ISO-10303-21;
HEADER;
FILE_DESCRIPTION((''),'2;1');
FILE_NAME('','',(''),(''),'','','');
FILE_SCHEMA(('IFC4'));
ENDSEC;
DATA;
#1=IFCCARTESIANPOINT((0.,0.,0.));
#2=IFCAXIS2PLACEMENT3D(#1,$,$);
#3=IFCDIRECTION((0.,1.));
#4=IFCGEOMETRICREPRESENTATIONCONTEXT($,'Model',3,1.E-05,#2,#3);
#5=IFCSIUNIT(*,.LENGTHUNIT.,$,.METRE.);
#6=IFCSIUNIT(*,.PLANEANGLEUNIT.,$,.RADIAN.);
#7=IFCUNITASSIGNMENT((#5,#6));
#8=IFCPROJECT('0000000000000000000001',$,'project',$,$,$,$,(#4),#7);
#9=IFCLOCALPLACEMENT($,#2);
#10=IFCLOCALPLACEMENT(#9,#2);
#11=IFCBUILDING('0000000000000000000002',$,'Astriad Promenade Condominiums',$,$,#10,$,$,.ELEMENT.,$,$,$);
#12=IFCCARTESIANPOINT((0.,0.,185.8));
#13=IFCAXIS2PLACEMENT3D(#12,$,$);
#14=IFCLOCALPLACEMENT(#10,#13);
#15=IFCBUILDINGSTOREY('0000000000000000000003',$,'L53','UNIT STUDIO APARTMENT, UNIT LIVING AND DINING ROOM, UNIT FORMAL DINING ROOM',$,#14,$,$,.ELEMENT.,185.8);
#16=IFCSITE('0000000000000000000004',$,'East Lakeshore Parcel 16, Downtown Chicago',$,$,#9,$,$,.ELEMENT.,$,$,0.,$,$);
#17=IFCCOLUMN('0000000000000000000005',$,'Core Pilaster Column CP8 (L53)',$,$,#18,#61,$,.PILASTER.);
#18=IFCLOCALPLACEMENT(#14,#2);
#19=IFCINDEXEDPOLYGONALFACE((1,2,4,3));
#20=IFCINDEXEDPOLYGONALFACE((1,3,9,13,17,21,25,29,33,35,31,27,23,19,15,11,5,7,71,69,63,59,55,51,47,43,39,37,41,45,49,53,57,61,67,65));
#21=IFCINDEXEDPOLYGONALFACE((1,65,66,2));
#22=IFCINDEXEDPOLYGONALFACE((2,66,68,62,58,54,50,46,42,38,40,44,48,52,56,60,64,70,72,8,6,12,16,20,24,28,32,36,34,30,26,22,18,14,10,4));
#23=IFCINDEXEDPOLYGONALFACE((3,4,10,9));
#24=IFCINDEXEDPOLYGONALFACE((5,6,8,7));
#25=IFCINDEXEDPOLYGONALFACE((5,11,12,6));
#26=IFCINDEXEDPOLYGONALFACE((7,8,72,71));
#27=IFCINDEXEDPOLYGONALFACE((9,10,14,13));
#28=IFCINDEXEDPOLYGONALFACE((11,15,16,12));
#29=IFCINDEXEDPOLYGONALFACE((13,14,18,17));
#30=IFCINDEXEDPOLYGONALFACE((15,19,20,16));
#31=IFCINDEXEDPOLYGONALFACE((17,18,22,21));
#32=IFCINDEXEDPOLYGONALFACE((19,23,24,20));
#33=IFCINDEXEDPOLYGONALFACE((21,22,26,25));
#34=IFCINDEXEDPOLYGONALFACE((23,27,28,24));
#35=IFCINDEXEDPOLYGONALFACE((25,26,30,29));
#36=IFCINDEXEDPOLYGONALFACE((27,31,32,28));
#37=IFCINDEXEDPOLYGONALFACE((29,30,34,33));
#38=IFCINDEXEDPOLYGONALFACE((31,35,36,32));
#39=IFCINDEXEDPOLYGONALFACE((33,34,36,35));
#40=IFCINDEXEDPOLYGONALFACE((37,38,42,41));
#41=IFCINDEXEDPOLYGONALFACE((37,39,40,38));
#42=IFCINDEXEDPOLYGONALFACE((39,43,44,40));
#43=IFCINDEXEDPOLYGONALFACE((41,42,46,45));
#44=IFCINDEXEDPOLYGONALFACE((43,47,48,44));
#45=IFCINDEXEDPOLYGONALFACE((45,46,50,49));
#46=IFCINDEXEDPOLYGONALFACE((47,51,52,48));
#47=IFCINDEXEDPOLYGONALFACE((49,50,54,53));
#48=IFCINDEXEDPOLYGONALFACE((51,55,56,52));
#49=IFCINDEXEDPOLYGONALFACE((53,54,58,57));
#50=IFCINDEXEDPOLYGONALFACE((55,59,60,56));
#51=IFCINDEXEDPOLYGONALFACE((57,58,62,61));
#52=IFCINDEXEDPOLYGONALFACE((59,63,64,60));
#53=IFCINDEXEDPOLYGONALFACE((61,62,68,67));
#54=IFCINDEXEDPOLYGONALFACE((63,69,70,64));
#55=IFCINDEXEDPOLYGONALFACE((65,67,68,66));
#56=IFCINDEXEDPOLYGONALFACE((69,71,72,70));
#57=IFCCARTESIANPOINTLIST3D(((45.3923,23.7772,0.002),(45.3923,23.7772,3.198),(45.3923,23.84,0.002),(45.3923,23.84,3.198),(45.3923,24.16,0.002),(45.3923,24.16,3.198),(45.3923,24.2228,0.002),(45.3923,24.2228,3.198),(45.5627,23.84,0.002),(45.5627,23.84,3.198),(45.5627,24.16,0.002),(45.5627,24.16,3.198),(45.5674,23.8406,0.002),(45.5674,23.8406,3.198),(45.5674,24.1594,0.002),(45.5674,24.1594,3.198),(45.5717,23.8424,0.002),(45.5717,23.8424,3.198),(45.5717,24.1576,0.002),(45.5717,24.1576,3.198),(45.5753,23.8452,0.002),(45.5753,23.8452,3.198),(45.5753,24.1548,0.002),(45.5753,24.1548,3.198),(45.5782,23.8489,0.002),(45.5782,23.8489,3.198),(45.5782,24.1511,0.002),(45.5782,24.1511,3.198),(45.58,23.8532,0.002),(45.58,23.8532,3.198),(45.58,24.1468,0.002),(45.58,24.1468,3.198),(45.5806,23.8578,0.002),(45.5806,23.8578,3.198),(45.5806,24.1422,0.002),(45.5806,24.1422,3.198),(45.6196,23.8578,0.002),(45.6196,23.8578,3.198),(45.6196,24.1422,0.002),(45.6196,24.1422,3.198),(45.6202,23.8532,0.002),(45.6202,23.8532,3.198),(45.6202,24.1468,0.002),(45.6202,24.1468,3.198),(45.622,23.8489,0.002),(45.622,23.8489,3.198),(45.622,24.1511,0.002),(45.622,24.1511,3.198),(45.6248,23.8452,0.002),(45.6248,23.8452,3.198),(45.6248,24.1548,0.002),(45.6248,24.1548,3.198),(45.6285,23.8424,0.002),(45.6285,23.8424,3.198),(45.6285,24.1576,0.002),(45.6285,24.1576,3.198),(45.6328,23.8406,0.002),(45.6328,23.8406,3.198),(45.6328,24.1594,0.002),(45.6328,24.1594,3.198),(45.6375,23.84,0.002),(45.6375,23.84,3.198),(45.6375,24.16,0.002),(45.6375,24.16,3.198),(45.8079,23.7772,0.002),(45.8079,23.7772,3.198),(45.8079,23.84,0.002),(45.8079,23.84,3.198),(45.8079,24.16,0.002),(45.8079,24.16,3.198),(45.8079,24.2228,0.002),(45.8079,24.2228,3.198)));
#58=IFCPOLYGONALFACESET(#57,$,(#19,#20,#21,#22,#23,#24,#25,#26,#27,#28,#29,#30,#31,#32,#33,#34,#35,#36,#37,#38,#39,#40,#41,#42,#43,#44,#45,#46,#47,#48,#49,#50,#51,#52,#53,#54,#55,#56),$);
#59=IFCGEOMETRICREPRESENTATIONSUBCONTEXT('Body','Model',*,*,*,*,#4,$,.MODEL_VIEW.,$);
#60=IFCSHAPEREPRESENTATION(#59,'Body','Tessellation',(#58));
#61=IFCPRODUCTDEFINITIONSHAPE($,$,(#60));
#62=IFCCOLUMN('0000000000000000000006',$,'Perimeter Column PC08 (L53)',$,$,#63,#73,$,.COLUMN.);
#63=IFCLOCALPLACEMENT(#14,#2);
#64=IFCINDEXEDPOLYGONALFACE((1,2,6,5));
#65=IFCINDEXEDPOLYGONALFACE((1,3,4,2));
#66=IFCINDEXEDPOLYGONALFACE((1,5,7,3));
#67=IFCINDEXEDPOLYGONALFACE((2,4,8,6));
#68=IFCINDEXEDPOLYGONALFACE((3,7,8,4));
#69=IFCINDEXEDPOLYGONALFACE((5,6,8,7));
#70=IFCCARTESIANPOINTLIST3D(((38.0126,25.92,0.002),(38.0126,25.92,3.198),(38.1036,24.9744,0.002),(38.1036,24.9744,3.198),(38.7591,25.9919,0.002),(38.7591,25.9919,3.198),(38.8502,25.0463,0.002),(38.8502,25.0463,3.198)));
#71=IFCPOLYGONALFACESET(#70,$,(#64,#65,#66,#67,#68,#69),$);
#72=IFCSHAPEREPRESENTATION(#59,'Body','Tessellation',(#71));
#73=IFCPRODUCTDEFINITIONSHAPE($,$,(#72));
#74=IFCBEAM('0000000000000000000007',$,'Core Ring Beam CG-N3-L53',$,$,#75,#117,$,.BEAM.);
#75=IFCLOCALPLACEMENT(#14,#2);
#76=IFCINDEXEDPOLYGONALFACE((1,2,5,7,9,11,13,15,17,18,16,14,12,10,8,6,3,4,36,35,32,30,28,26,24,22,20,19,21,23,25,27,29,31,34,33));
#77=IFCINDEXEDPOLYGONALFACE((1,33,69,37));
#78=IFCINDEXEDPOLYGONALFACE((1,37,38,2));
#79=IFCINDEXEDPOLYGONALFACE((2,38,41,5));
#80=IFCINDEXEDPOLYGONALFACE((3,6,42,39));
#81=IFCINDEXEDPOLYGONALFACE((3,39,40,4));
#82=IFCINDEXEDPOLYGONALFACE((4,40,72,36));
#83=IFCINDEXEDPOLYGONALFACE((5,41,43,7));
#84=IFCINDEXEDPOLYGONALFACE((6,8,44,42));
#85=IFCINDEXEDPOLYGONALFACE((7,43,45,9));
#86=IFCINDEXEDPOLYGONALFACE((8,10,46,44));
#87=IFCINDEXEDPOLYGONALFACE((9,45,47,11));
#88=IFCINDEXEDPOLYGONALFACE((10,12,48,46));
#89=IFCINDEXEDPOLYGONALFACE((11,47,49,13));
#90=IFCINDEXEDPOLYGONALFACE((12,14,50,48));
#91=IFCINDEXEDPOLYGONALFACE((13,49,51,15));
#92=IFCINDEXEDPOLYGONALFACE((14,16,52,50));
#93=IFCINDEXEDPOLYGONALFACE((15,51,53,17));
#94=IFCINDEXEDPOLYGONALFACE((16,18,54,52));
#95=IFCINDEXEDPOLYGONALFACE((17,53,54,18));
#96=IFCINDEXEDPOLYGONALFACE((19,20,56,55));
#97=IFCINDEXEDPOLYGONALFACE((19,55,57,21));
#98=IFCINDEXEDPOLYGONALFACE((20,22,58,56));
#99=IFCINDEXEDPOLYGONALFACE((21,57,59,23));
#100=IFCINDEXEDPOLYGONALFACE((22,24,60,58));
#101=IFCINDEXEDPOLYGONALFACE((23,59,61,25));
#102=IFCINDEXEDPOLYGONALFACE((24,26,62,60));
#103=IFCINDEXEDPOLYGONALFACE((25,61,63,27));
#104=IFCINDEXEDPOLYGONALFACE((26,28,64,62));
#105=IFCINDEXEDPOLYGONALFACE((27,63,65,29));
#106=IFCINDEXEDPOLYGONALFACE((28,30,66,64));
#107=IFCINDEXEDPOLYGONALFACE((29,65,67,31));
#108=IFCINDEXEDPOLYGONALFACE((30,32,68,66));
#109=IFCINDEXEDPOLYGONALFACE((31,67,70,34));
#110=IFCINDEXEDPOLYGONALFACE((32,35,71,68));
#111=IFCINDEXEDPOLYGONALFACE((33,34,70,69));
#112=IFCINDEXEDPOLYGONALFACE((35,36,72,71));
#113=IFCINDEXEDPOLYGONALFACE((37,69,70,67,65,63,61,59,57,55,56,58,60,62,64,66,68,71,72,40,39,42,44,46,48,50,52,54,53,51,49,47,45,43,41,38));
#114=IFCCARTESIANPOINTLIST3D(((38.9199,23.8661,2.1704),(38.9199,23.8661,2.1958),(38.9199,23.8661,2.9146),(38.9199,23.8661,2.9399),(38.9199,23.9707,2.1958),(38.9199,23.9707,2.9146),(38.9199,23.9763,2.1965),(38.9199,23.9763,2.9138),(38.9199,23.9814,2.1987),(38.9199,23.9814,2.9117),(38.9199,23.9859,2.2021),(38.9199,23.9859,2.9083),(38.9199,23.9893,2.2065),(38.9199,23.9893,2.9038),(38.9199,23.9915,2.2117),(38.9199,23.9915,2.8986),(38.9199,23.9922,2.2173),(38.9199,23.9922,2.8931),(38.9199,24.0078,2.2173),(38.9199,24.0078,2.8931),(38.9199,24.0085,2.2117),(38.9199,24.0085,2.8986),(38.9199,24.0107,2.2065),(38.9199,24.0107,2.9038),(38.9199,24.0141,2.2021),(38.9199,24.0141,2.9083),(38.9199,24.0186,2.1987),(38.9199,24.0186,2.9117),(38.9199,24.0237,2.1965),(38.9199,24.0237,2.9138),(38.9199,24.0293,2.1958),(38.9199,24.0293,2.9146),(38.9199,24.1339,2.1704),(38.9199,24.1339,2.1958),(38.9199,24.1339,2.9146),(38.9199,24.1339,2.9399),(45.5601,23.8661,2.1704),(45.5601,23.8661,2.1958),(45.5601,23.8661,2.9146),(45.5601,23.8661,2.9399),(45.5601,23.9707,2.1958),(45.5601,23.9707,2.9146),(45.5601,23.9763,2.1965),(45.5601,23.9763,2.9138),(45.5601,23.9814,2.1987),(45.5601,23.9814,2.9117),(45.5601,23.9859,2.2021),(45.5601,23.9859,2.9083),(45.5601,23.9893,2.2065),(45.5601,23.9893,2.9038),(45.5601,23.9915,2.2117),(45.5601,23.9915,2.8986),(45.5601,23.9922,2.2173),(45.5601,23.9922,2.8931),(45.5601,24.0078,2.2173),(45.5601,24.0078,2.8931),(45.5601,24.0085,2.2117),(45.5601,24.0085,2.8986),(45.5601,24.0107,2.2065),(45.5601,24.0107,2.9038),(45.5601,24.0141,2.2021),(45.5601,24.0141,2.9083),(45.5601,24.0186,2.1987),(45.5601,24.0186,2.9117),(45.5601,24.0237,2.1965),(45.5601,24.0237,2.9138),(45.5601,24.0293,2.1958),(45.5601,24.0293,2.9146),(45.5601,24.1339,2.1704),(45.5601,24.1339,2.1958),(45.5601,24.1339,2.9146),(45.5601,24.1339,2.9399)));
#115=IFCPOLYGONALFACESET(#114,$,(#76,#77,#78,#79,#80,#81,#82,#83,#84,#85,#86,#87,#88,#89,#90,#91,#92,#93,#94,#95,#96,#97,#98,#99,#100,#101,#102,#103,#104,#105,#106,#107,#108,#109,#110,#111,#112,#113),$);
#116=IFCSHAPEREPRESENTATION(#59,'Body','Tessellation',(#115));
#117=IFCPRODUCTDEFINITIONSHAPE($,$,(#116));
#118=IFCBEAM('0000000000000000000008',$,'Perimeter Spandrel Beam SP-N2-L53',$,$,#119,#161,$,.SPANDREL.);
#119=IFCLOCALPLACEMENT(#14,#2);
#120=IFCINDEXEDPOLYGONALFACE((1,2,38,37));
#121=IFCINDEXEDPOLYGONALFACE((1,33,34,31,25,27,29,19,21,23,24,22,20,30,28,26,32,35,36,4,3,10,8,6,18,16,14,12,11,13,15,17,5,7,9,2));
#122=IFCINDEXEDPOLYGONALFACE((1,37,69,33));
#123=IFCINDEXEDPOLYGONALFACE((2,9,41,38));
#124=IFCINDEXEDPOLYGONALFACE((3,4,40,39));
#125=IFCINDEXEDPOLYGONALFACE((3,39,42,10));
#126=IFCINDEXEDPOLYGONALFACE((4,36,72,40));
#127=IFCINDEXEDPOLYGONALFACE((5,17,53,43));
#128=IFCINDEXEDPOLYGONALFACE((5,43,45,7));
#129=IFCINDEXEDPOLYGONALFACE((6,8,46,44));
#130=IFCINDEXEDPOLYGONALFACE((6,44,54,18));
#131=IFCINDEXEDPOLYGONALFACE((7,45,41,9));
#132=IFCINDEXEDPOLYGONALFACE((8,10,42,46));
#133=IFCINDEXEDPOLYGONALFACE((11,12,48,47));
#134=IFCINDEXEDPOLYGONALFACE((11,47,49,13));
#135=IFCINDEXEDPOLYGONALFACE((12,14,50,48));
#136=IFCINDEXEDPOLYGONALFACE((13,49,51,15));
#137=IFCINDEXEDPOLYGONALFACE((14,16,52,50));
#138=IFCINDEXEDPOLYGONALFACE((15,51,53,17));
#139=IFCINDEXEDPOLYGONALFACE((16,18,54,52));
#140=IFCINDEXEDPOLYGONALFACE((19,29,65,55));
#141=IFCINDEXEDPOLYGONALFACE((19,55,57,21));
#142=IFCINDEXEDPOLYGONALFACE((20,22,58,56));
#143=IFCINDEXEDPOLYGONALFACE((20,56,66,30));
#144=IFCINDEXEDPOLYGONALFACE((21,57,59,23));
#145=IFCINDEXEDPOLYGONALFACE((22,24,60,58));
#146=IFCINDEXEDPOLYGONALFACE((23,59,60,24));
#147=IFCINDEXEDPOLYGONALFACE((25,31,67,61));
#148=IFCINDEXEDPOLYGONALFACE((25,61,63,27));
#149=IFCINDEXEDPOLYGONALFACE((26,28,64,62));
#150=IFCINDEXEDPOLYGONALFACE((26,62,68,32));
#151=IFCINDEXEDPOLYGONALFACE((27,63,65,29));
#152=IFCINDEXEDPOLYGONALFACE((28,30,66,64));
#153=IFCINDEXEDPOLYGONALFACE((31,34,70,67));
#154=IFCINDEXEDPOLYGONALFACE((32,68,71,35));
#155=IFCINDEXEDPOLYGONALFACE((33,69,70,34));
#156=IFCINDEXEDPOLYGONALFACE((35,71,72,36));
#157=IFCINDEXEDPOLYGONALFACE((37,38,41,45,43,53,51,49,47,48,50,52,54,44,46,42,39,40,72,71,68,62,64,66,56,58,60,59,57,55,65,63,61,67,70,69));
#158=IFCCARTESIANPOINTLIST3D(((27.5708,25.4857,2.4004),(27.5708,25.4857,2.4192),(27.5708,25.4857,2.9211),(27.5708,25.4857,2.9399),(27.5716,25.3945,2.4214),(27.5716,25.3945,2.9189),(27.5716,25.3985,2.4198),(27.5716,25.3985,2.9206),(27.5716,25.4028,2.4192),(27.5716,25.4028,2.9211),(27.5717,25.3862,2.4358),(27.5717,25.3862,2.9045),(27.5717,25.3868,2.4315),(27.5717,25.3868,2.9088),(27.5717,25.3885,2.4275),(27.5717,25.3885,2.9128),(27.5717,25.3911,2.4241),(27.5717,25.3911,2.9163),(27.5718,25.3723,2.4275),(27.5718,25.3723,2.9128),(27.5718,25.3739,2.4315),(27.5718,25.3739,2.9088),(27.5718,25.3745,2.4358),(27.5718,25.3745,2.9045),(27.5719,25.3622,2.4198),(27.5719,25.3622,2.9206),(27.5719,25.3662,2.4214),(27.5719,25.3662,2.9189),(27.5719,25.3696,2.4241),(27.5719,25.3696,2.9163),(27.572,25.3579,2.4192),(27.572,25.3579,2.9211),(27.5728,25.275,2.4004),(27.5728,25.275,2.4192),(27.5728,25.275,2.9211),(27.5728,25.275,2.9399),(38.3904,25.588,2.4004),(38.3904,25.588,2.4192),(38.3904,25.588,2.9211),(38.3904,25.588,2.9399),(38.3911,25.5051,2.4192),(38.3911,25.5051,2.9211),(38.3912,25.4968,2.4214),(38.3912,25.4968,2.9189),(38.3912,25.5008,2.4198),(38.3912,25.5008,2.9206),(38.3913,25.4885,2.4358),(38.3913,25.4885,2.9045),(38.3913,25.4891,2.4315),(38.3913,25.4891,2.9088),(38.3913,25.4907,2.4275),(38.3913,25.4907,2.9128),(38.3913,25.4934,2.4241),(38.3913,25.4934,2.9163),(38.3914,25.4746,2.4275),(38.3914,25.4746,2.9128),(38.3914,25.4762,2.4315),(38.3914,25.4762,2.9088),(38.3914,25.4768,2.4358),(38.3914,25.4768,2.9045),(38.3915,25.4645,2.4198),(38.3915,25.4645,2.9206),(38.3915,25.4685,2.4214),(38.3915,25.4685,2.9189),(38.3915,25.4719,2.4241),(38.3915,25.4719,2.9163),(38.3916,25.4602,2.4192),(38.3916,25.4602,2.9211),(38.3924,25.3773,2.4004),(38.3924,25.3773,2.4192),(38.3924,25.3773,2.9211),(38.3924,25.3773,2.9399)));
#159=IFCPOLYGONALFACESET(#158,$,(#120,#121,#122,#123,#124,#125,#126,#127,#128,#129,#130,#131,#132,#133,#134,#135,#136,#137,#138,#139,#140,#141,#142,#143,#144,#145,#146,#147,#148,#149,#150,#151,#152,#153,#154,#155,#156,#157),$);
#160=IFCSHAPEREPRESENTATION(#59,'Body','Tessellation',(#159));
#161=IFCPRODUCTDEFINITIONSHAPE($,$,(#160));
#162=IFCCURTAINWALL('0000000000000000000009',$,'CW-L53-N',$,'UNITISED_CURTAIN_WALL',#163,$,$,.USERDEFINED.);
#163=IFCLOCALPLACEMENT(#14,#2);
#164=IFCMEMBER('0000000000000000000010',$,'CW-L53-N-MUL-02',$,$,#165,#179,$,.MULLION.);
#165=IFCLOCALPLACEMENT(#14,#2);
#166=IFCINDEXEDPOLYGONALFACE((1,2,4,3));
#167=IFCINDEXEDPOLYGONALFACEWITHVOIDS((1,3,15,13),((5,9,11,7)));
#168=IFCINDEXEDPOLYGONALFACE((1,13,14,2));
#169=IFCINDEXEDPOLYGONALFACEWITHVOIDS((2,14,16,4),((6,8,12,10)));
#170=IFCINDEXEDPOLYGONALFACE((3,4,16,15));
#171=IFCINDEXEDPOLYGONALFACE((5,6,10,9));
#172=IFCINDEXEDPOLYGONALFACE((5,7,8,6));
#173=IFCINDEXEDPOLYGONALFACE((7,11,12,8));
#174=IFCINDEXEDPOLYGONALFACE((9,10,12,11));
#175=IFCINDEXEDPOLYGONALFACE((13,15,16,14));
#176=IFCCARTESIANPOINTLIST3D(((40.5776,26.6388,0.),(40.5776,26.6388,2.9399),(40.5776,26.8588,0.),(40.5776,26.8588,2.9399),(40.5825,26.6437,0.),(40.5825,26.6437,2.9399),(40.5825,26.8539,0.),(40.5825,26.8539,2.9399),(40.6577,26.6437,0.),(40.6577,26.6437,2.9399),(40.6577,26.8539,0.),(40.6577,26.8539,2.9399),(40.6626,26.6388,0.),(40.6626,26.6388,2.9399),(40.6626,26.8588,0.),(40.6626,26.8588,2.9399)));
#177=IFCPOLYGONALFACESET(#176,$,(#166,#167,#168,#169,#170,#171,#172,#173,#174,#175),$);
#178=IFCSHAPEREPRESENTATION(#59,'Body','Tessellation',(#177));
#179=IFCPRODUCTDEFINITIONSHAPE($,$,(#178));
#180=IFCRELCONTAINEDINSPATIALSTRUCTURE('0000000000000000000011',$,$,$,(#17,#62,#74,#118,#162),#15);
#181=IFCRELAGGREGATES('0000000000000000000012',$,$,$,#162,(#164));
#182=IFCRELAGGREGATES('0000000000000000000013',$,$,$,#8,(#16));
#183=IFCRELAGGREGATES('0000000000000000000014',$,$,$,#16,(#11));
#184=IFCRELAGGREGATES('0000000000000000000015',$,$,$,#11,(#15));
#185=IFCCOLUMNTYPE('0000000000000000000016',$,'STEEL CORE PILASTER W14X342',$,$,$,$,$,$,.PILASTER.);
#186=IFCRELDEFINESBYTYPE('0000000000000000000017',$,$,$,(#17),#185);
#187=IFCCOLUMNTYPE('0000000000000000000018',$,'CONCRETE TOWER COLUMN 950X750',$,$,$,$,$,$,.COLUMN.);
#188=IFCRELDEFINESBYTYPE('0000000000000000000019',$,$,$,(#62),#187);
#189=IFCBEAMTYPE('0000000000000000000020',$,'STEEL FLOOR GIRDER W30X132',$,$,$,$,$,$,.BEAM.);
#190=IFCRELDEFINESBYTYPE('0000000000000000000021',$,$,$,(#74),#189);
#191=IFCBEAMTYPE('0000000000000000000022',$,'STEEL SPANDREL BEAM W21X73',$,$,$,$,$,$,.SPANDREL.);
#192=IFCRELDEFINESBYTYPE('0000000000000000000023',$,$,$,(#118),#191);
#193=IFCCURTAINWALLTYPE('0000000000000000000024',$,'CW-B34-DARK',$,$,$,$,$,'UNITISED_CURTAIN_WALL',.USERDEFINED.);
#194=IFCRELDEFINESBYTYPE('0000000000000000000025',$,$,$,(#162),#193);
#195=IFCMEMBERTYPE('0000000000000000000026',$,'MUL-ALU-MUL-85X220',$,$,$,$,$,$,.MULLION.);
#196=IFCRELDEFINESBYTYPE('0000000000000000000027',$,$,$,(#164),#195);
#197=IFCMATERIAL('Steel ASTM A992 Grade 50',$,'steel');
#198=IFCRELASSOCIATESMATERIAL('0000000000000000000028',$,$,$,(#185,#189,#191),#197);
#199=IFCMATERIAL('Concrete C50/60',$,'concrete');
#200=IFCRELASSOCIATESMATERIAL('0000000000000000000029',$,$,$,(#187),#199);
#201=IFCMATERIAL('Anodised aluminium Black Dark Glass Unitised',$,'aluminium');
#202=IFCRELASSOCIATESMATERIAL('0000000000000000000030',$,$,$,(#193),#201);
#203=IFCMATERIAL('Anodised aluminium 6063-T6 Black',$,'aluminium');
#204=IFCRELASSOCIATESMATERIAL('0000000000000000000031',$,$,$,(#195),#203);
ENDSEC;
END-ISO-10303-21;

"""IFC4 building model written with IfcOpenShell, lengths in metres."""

from ifc_helpers import new_model, si_unit, direction, frame, origin, origin_2d, place, context, subcontext, project, spatial, rectangle, hollow_rectangle, i_section, extrude, source, transform, mapped, material, material_profile, profile_set, type_object, type_shapes, element, aggregate, save


model = new_model("IFC4")

# Units and contexts
model_context = context("Model", 3, precision=1e-05, world=origin(), true_north=direction((0.0, 1.0)))
body_context = subcontext(model_context, "Body", "Model", "MODEL_VIEW")
ifc_project = project(units=[si_unit("LENGTHUNIT", "METRE"), si_unit("PLANEANGLEUNIT", "RADIAN")], contexts=[model_context])

# Site, building, storey
site_placement = place(None, origin())
site = spatial("IfcSite", under=ifc_project, at=site_placement, Name="East Lakeshore Parcel 16, Downtown Chicago", CompositionType="ELEMENT", RefElevation=0.0)
building_placement = place(site_placement, origin())
building = spatial("IfcBuilding", under=site, at=building_placement, Name="Astriad Promenade Condominiums", CompositionType="ELEMENT")
storey_placement = place(building_placement, frame((0.0, 0.0, 185.8)))
storey = spatial("IfcBuildingStorey", under=building, at=storey_placement, Name="L53", Description="UNIT STUDIO APARTMENT, UNIT LIVING AND DINING ROOM, UNIT FORMAL DINING ROOM", CompositionType="ELEMENT", Elevation=185.8)

# Columns
ifc_material_1 = material(Name="Steel ASTM A992 Grade 50", Category="steel")
ifc_material_profile_1 = material_profile(ifc_material_1, i_section(OverallWidth=0.4155, OverallDepth=0.4456, WebThickness=0.0391, FlangeThickness=0.0627, FilletRadius=0.0178, at=origin_2d()), Name="W14X342")
ifc_profile_set_1 = profile_set([ifc_material_profile_1], Name="Steel ASTM A992 Grade 50")
column_type_1 = type_object("IfcColumnType", Name="STEEL CORE PILASTER W14X342", PredefinedType="PILASTER", material=ifc_profile_set_1)
shared_shape_1 = source(origin(), body_context, "Body", "SweptSolid", [
    extrude(i_section(OverallWidth=0.4155, OverallDepth=0.4456, WebThickness=0.0391, FlangeThickness=0.0627, FilletRadius=0.0178, at=origin_2d()), origin(), (0.0, 0.0, 1.0), 3.196),
])
type_shapes(column_type_1, [shared_shape_1])
column_1_placement = place(storey_placement, frame((45.6001, 24.0, 0.002), z_axis=(0.0, 0.0, 1.0), x_axis=(1.0, 0.0, 0.0)))
element("IfcColumn", 1, at=column_1_placement, inside=storey, type_object=column_type_1, Name="Core Pilaster Column CP8 (L53)", PredefinedType="PILASTER", context=body_context, shape_type="MappedRepresentation", body=[
    mapped(shared_shape_1, transform((0.0, 0.0, 0.0), scale=1.0)),
])
ifc_material_2 = material(Name="Concrete C50/60", Category="concrete")
ifc_material_profile_2 = material_profile(ifc_material_2, rectangle(XDim=0.75, YDim=0.95, at=origin_2d()), Name="RC-COL-950X750")
ifc_profile_set_2 = profile_set([ifc_material_profile_2], Name="Concrete C50/60")
column_type_2 = type_object("IfcColumnType", Name="CONCRETE TOWER COLUMN 950X750", PredefinedType="COLUMN", material=ifc_profile_set_2)
shared_shape_2 = source(origin(), body_context, "Body", "SweptSolid", [
    extrude(rectangle(XDim=0.75, YDim=0.95, at=origin_2d()), origin(), (0.0, 0.0, 1.0), 3.196),
])
type_shapes(column_type_2, [shared_shape_2])
column_2_placement = place(storey_placement, frame((38.4314, 25.4832, 0.002), z_axis=(0.0, 0.0, 1.0), x_axis=(0.995396, 0.095846, 0.0)))
element("IfcColumn", 2, at=column_2_placement, inside=storey, type_object=column_type_2, Name="Perimeter Column PC08 (L53)", PredefinedType="COLUMN", context=body_context, shape_type="MappedRepresentation", body=[
    mapped(shared_shape_2, transform((0.0, 0.0, 0.0), scale=1.0)),
])

# Beams
ifc_material_profile_3 = material_profile(ifc_material_1, i_section(OverallWidth=0.2678, OverallDepth=0.7695, WebThickness=0.0156, FlangeThickness=0.0254, FilletRadius=0.0215, at=origin_2d()), Name="W30X132")
ifc_profile_set_3 = profile_set([ifc_material_profile_3], Name="Steel ASTM A992 Grade 50")
beam_type_1 = type_object("IfcBeamType", Name="STEEL FLOOR GIRDER W30X132", PredefinedType="BEAM", material=ifc_profile_set_3)
shared_shape_3 = source(origin(), body_context, "Body", "SweptSolid", [
    extrude(i_section(OverallWidth=0.2678, OverallDepth=0.7695, WebThickness=0.0156, FlangeThickness=0.0254, FilletRadius=0.0215, at=origin_2d()), origin(), (0.0, 0.0, 1.0), 6.6401),
])
type_shapes(beam_type_1, [shared_shape_3])
beam_1_placement = place(storey_placement, frame((38.9199, 24.0, 2.5552), z_axis=(1.0, 0.0, 0.0), x_axis=(0.0, 1.0, 0.0)))
element("IfcBeam", 3, at=beam_1_placement, inside=storey, type_object=beam_type_1, Name="Core Ring Beam CG-N3-L53", PredefinedType="BEAM", context=body_context, shape_type="MappedRepresentation", body=[
    mapped(shared_shape_3, transform((0.0, 0.0, 0.0), scale=1.0)),
])
ifc_material_profile_4 = material_profile(ifc_material_1, i_section(OverallWidth=0.2107, OverallDepth=0.5396, WebThickness=0.0117, FlangeThickness=0.0188, FilletRadius=0.0166, at=origin_2d()), Name="W21X73")
ifc_profile_set_4 = profile_set([ifc_material_profile_4], Name="Steel ASTM A992 Grade 50")
beam_type_2 = type_object("IfcBeamType", Name="STEEL SPANDREL BEAM W21X73", PredefinedType="SPANDREL", material=ifc_profile_set_4)
shared_shape_4 = source(origin(), body_context, "Body", "SweptSolid", [
    extrude(i_section(OverallWidth=0.2107, OverallDepth=0.5396, WebThickness=0.0117, FlangeThickness=0.0188, FilletRadius=0.0166, at=origin_2d()), origin(), (0.0, 0.0, 1.0), 10.8201),
])
type_shapes(beam_type_2, [shared_shape_4])
beam_2_placement = place(storey_placement, frame((38.3914, 25.4827, 2.6702), z_axis=(-0.999955, -0.009454, 0.0), x_axis=(0.009454, -0.999955, 0.0)))
element("IfcBeam", 4, at=beam_2_placement, inside=storey, type_object=beam_type_2, Name="Perimeter Spandrel Beam SP-N2-L53", PredefinedType="SPANDREL", context=body_context, shape_type="MappedRepresentation", body=[
    mapped(shared_shape_4, transform((0.0, 0.0, 0.0), scale=1.0)),
])

# Curtain wall, member
ifc_material_3 = material(Name="Anodised aluminium Black Dark Glass Unitised", Category="aluminium")
curtain_wall_type = type_object("IfcCurtainWallType", Name="CW-B34-DARK", ElementType="UNITISED_CURTAIN_WALL", PredefinedType="USERDEFINED", material=ifc_material_3)
curtain_wall_placement = place(storey_placement, origin())
curtain_wall = element("IfcCurtainWall", 5, at=curtain_wall_placement, inside=storey, type_object=curtain_wall_type, Name="CW-L53-N", ObjectType="UNITISED_CURTAIN_WALL", PredefinedType="USERDEFINED")
ifc_material_4 = material(Name="Anodised aluminium 6063-T6 Black", Category="aluminium")
ifc_material_profile_5 = material_profile(ifc_material_4, hollow_rectangle(XDim=0.085, YDim=0.22, WallThickness=0.0049, at=origin_2d()), Name="ALU-MUL-85X220")
ifc_profile_set_5 = profile_set([ifc_material_profile_5], Name="Anodised aluminium 6063-T6 Black")
member_type_1 = type_object("IfcMemberType", Name="MUL-ALU-MUL-85X220", PredefinedType="MULLION", material=ifc_profile_set_5)
shared_shape_5 = source(origin(), body_context, "Body", "SweptSolid", [
    extrude(hollow_rectangle(XDim=0.085, YDim=0.22, WallThickness=0.0049, at=origin_2d()), origin(), (0.0, 0.0, 1.0), 2.9399),
])
type_shapes(member_type_1, [shared_shape_5])
member_1_placement = place(storey_placement, frame((40.6201, 26.7488, 0.0), z_axis=(0.0, 0.0, 1.0), x_axis=(1.0, 0.0, 0.0)))
member_1 = element("IfcMember", 6, at=member_1_placement, type_object=member_type_1, Name="CW-L53-N-MUL-02", PredefinedType="MULLION", context=body_context, shape_type="MappedRepresentation", body=[
    mapped(shared_shape_5, transform((0.0, 0.0, 0.0), scale=1.0)),
])
aggregate(curtain_wall, [member_1])

save(model, "model.ifc")
